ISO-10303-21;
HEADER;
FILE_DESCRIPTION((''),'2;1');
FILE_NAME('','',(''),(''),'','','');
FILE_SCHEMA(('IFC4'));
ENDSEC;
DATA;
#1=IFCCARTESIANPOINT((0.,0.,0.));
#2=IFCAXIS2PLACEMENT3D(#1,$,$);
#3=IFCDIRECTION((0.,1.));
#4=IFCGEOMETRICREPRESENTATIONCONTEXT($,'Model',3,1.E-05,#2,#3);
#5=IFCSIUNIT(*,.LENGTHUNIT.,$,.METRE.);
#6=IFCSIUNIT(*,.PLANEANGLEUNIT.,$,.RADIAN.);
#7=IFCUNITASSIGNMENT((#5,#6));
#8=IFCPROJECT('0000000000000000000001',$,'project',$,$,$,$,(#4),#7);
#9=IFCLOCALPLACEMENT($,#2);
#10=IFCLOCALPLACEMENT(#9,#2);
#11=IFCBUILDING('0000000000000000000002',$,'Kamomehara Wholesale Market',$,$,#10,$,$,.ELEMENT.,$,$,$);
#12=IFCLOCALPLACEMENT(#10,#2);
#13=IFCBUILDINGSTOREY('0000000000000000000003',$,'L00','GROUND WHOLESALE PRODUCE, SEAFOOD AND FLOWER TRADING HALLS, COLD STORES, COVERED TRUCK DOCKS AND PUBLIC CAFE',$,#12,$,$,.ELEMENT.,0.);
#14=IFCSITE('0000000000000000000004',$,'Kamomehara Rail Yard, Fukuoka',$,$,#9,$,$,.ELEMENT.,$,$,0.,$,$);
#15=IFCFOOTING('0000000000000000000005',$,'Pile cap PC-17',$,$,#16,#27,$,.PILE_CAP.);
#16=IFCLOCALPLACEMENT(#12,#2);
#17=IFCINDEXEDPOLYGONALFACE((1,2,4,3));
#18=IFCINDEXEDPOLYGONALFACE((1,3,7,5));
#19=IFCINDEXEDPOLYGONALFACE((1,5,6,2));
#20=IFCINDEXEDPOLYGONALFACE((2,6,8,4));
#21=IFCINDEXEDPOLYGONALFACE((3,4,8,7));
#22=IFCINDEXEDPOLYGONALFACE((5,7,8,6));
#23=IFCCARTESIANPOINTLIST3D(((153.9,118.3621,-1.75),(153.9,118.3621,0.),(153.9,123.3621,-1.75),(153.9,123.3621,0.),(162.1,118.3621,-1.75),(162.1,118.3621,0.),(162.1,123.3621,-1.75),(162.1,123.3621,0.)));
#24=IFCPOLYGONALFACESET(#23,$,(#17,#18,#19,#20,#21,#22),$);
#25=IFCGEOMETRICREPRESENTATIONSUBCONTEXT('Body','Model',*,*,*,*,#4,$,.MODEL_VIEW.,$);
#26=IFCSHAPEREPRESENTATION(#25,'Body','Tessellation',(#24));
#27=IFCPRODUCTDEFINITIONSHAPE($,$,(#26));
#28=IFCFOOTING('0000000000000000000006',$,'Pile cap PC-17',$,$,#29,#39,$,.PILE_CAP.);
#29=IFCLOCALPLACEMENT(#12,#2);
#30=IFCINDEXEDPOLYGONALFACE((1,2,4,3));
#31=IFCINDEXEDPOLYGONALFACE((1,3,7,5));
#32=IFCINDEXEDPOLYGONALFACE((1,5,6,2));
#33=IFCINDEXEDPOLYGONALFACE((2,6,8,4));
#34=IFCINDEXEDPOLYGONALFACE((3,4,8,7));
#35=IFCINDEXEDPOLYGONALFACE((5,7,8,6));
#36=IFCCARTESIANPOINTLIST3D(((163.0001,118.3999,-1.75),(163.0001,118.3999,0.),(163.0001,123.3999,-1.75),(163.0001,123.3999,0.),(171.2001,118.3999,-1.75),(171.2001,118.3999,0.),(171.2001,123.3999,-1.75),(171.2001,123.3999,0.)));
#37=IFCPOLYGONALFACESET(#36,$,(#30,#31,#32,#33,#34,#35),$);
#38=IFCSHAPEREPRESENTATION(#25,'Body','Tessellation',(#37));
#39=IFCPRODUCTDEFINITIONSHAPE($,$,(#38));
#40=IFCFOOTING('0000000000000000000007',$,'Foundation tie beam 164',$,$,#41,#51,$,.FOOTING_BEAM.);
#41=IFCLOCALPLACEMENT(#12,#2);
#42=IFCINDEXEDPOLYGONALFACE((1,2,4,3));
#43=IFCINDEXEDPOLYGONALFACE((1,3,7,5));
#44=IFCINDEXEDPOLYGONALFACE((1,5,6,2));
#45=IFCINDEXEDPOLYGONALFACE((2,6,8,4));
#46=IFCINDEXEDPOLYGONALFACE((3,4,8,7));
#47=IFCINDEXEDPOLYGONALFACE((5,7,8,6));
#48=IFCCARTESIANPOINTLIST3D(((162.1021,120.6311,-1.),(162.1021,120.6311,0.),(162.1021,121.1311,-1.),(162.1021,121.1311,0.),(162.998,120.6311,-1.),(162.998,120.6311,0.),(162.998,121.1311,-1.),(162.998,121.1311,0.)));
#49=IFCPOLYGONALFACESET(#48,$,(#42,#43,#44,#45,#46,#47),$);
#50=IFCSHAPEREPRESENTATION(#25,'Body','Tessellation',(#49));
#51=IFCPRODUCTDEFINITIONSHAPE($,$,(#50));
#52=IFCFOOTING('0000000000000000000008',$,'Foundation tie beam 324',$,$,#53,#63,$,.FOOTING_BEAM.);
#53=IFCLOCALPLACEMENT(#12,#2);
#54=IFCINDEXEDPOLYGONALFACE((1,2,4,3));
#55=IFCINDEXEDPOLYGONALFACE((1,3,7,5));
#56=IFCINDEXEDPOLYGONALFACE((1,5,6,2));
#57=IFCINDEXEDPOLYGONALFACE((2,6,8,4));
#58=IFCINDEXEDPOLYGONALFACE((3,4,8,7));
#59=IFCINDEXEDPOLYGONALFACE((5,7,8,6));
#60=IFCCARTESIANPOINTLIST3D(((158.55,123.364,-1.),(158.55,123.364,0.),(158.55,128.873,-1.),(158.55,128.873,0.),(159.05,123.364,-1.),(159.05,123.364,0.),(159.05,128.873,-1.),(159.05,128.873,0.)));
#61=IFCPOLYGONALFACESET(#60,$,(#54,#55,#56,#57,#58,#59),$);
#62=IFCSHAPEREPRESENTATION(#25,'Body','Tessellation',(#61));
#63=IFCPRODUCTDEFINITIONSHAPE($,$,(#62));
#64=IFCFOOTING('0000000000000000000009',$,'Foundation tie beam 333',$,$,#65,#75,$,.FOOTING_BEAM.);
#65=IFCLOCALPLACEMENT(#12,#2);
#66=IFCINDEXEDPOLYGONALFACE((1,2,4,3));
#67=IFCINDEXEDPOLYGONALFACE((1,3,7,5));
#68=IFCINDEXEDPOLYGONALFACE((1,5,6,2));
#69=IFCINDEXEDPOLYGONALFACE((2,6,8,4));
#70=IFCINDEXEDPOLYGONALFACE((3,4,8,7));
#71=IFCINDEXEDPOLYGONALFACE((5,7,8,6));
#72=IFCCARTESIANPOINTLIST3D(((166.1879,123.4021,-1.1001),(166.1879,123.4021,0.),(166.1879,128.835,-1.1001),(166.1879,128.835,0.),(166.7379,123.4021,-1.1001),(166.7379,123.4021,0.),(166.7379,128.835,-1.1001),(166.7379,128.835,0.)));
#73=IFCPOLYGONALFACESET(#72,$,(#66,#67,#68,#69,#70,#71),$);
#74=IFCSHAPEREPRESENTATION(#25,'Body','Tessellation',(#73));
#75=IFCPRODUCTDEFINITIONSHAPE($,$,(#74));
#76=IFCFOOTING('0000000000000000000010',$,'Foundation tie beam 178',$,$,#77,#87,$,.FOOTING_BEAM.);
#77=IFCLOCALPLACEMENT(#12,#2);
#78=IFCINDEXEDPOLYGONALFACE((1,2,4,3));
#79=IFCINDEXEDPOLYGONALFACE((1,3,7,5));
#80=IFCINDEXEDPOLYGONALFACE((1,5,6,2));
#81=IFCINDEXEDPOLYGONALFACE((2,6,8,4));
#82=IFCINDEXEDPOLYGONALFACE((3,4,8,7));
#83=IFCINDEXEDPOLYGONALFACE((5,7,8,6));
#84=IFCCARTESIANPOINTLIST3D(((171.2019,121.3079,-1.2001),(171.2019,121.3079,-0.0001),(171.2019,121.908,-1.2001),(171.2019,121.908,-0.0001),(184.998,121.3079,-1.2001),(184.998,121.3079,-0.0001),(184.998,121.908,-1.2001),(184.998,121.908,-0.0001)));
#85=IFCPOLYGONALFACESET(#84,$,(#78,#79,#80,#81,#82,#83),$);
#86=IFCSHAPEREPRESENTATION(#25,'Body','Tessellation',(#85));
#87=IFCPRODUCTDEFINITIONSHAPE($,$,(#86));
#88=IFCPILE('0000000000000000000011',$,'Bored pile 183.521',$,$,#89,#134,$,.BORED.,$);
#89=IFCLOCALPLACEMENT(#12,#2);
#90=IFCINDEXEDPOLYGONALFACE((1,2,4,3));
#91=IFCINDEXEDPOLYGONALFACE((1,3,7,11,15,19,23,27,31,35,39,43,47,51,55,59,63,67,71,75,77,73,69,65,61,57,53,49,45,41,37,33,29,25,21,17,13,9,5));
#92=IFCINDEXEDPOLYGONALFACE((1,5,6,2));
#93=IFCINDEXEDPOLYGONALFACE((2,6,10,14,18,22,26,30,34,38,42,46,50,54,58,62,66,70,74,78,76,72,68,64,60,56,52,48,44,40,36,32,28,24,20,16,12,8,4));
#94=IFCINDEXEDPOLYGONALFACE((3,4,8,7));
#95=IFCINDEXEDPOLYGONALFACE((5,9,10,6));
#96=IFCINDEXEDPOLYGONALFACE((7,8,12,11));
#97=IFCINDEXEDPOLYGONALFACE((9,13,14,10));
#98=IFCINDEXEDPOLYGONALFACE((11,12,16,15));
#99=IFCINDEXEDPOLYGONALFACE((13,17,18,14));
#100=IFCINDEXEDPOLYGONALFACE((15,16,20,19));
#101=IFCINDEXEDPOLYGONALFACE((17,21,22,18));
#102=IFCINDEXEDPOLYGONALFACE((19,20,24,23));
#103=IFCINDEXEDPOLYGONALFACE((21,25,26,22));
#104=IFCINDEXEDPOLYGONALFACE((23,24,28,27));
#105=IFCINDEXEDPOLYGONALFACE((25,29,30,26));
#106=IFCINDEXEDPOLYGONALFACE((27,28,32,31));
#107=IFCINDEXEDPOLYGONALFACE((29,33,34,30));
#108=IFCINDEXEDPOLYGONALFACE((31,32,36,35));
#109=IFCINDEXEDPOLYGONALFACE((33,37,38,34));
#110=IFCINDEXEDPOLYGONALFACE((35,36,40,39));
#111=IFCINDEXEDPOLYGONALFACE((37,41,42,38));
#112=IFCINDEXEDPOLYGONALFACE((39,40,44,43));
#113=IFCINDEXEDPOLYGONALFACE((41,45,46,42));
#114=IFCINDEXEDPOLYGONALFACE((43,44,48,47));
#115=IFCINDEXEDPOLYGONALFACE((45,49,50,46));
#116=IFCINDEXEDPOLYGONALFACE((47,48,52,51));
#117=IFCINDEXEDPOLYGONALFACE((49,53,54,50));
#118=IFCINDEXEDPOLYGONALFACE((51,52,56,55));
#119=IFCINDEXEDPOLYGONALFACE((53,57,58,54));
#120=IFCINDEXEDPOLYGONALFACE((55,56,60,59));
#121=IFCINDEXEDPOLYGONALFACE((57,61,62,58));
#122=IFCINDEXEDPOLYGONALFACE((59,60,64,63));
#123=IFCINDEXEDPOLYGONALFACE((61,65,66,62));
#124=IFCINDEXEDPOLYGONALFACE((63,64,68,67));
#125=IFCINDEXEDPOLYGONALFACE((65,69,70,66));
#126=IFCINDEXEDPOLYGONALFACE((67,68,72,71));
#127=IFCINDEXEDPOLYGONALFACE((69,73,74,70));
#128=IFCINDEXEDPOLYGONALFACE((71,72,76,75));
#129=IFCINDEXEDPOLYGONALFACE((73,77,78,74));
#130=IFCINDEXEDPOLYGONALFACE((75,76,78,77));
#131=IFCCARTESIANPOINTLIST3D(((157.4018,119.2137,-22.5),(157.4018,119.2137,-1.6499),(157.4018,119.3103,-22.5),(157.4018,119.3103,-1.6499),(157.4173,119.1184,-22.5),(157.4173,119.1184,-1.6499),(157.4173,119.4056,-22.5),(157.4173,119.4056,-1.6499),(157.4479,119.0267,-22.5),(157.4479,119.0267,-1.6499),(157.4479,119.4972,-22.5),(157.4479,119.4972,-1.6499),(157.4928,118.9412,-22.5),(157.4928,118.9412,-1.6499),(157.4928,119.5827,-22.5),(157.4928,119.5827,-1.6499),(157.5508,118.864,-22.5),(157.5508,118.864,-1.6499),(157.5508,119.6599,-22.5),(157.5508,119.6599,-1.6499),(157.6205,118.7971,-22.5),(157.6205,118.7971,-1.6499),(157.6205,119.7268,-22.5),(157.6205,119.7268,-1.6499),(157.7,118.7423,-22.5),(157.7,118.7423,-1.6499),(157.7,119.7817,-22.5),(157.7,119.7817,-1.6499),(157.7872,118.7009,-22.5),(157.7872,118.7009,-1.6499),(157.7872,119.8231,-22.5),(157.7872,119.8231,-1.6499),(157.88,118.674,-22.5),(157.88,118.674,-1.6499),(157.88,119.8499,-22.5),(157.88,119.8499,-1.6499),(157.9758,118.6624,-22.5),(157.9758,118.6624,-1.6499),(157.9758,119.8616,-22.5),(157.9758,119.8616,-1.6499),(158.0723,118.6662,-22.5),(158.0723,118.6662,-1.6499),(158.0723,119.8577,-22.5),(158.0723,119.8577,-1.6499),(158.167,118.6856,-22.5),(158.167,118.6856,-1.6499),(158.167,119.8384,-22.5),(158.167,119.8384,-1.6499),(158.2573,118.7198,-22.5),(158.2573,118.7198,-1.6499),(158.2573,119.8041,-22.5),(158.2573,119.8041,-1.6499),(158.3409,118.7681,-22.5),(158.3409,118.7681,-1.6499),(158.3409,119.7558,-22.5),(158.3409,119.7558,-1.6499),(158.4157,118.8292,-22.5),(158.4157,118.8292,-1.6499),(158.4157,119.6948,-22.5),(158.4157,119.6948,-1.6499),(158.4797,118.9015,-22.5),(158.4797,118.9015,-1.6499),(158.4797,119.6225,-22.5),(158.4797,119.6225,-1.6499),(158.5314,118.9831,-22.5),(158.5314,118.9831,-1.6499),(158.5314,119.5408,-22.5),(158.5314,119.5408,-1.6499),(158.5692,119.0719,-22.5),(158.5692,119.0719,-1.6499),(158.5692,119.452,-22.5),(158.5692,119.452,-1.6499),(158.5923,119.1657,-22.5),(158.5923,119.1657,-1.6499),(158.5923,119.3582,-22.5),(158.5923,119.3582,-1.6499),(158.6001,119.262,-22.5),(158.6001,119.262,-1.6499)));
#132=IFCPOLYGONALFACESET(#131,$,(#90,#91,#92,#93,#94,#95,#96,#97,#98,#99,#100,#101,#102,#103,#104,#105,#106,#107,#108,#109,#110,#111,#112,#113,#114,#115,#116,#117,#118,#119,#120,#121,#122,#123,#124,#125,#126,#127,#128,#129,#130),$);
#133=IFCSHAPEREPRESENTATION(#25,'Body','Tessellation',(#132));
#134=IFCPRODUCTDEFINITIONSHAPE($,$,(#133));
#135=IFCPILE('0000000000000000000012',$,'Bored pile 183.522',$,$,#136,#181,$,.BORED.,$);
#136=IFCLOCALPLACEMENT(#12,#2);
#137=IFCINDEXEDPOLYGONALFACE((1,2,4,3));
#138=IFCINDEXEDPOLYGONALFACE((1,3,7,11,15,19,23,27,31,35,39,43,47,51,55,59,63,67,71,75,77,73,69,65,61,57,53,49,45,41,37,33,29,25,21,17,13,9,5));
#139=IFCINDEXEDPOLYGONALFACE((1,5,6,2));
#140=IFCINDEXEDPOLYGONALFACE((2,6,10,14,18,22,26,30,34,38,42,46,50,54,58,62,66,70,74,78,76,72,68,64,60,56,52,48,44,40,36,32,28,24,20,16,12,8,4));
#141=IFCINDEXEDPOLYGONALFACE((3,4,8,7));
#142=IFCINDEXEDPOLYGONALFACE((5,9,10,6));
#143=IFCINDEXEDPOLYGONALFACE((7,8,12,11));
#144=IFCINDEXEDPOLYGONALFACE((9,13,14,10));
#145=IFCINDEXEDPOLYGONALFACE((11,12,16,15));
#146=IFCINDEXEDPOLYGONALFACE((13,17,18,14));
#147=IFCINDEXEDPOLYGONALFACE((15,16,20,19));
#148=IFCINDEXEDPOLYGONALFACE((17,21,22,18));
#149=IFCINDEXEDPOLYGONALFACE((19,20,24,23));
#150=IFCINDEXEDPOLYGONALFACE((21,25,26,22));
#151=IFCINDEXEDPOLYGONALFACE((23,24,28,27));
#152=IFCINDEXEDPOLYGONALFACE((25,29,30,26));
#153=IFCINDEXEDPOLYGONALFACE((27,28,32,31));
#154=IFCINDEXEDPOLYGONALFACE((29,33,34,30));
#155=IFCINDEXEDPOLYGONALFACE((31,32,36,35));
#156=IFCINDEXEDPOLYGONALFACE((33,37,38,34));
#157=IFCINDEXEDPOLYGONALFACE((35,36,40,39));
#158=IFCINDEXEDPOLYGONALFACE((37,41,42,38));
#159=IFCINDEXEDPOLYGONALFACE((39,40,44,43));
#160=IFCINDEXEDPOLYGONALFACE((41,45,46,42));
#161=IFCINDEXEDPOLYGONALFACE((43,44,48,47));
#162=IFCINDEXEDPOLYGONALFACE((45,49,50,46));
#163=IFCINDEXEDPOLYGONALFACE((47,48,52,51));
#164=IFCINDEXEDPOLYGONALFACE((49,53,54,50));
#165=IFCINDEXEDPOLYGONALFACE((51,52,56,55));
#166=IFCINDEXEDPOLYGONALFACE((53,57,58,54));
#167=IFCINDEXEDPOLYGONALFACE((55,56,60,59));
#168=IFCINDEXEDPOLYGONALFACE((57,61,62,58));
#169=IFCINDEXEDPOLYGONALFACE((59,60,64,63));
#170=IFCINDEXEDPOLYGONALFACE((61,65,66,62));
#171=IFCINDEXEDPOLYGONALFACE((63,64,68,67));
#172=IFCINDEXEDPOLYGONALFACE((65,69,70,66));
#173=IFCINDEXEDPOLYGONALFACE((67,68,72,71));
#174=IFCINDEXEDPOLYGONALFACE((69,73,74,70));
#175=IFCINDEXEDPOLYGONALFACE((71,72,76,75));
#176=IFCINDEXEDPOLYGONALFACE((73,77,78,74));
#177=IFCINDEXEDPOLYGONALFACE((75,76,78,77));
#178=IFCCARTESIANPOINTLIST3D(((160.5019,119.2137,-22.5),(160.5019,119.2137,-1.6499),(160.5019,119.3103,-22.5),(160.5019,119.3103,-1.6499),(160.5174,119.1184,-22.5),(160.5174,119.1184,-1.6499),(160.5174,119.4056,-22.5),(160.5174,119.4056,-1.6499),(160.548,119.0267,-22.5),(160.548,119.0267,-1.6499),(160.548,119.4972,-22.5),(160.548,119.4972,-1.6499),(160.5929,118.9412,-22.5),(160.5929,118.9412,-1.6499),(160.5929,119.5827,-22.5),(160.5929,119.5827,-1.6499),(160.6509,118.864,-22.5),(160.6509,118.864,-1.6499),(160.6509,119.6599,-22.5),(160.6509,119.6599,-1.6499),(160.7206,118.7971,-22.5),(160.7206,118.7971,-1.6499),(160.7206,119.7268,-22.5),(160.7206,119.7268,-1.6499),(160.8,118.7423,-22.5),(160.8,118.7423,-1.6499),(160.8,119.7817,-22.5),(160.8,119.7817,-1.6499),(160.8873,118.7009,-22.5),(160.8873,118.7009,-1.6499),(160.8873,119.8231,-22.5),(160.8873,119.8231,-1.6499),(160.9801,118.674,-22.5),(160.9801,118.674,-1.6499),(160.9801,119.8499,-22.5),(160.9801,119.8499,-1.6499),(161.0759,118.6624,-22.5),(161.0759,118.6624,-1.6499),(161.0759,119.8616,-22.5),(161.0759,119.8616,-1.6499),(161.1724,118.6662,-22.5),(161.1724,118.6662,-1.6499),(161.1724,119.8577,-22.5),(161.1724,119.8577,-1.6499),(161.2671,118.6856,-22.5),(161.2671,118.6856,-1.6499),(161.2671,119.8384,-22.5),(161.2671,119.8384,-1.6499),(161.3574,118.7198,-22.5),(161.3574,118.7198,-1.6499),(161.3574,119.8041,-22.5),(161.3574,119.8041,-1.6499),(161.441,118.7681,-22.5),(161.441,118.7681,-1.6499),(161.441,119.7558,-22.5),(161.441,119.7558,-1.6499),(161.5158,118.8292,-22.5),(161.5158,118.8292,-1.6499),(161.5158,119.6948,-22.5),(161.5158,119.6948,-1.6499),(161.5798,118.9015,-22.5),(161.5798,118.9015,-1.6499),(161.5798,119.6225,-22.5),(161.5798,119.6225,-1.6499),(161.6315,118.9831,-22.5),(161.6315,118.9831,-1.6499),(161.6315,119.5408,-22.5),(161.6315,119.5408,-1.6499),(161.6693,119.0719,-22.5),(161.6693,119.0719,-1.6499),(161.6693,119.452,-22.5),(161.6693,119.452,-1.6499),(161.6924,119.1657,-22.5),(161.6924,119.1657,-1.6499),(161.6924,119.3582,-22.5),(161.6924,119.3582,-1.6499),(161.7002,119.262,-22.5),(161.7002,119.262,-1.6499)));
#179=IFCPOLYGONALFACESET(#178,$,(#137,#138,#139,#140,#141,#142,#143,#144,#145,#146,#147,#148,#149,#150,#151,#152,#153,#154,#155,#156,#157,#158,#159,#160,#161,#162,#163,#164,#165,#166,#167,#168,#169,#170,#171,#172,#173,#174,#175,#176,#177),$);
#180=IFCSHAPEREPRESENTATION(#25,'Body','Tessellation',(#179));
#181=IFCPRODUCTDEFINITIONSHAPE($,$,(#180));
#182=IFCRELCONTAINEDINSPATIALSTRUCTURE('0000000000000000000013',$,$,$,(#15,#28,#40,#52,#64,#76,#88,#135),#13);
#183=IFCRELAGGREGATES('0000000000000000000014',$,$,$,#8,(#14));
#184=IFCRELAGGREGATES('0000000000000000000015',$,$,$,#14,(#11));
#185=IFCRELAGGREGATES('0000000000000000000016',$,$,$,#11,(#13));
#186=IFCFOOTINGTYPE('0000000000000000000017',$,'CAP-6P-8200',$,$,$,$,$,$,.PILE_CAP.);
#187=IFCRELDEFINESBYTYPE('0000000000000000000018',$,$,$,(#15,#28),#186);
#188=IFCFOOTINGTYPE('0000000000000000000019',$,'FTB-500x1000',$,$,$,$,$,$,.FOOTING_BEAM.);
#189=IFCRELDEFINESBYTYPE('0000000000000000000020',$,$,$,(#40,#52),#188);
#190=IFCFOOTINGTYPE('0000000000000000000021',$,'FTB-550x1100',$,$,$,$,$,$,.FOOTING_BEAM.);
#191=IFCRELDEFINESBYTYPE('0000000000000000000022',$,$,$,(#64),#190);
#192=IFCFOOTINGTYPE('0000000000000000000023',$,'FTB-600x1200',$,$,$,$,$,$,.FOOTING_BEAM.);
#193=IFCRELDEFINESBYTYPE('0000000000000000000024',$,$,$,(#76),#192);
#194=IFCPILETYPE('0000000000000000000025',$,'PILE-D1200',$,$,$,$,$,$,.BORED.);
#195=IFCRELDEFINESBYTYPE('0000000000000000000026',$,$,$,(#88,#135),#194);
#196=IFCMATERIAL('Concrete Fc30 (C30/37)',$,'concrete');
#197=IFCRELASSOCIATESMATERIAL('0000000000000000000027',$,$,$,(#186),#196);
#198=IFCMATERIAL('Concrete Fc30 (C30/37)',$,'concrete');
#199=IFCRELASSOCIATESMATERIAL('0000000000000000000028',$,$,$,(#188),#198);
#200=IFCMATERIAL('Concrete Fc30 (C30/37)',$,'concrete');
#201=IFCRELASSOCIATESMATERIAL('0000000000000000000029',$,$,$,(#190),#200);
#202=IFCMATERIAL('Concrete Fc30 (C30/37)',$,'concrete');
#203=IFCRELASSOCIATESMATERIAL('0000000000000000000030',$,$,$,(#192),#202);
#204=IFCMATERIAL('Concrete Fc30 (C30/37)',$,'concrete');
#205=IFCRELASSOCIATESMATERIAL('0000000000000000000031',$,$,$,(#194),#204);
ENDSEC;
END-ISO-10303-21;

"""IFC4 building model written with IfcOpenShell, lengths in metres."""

from ifc_helpers import new_model, si_unit, direction, frame, origin, origin_2d, place, context, subcontext, project, spatial, rectangle, circle, extrude, material, material_profile, profile_set, type_object, element, save


model = new_model("IFC4")

# Units and contexts
model_context = context("Model", 3, precision=1e-05, world=origin(), true_north=direction((0.0, 1.0)))
body_context = subcontext(model_context, "Body", "Model", "MODEL_VIEW")
ifc_project = project(units=[si_unit("LENGTHUNIT", "METRE"), si_unit("PLANEANGLEUNIT", "RADIAN")], contexts=[model_context])

# Site, building, storey
site_placement = place(None, origin())
site = spatial("IfcSite", under=ifc_project, at=site_placement, Name="Kamomehara Rail Yard, Fukuoka", CompositionType="ELEMENT", RefElevation=0.0)
building_placement = place(site_placement, origin())
building = spatial("IfcBuilding", under=site, at=building_placement, Name="Kamomehara Wholesale Market", CompositionType="ELEMENT")
storey_placement = place(building_placement, origin())
storey = spatial("IfcBuildingStorey", under=building, at=storey_placement, Name="L00", Description="GROUND WHOLESALE PRODUCE, SEAFOOD AND FLOWER TRADING HALLS, COLD STORES, COVERED TRUCK DOCKS AND PUBLIC CAFE", CompositionType="ELEMENT", Elevation=0.0)

# Footings
ifc_material_1 = material(Name="Concrete Fc30 (C30/37)", Category="concrete")
footing_type_1 = type_object("IfcFootingType", Name="CAP-6P-8200", PredefinedType="PILE_CAP", material=ifc_material_1)
for number, where, z_axis, x_axis, name in (
    (1, (158.0, 120.8621, -1.75), (0.0, 0.0, 1.0), (1.0, 0.0, 0.0), "Pile cap PC-17"),
    (2, (167.1001, 120.8999, -1.75), (0.0, 0.0, 1.0), (1.0, 0.0, 0.0), "Pile cap PC-17"),
):
    element("IfcFooting", number, at=place(storey_placement, frame(where, z_axis=z_axis, x_axis=x_axis)), inside=storey, type_object=footing_type_1, Name=name, PredefinedType="PILE_CAP", context=body_context, shape_type="SweptSolid", body=[
        extrude(rectangle(XDim=8.2, YDim=5.0, at=origin_2d()), origin(), (0.0, 0.0, 1.0), 1.75),
    ])
ifc_material_2 = material(Name="Concrete Fc30 (C30/37)", Category="concrete")
ifc_material_profile_1 = material_profile(ifc_material_2, rectangle(XDim=0.5, YDim=1.0, at=origin_2d()), Name="RC-FTB-500x1000")
ifc_profile_set_1 = profile_set([ifc_material_profile_1], Name="Concrete Fc30 (C30/37)")
footing_type_2 = type_object("IfcFootingType", Name="FTB-500x1000", PredefinedType="FOOTING_BEAM", material=ifc_profile_set_1)
footing_1_placement = place(storey_placement, frame((162.1021, 120.8811, -0.5), z_axis=(1.0, 0.0, 0.0), x_axis=(0.0, 1.0, 0.0)))
element("IfcFooting", 3, at=footing_1_placement, inside=storey, type_object=footing_type_2, Name="Foundation tie beam 164", PredefinedType="FOOTING_BEAM", context=body_context, shape_type="SweptSolid", body=[
    extrude(rectangle(XDim=0.5, YDim=1.0, at=origin_2d()), origin(), (0.0, 0.0, 1.0), 0.896),
])
footing_2_placement = place(storey_placement, frame((158.8, 123.364, -0.5), z_axis=(0.0, 1.0, 0.0), x_axis=(-1.0, 0.0, 0.0)))
element("IfcFooting", 4, at=footing_2_placement, inside=storey, type_object=footing_type_2, Name="Foundation tie beam 324", PredefinedType="FOOTING_BEAM", context=body_context, shape_type="SweptSolid", body=[
    extrude(rectangle(XDim=0.5, YDim=1.0, at=origin_2d()), origin(), (0.0, 0.0, 1.0), 5.509),
])
ifc_material_3 = material(Name="Concrete Fc30 (C30/37)", Category="concrete")
ifc_material_profile_2 = material_profile(ifc_material_3, rectangle(XDim=0.55, YDim=1.1001, at=origin_2d()), Name="RC-FTB-550x1100")
ifc_profile_set_2 = profile_set([ifc_material_profile_2], Name="Concrete Fc30 (C30/37)")
footing_type_3 = type_object("IfcFootingType", Name="FTB-550x1100", PredefinedType="FOOTING_BEAM", material=ifc_profile_set_2)
footing_3_placement = place(storey_placement, frame((166.4629, 123.4021, -0.55), z_axis=(0.0, 1.0, 0.0), x_axis=(-1.0, 0.0, 0.0)))
element("IfcFooting", 5, at=footing_3_placement, inside=storey, type_object=footing_type_3, Name="Foundation tie beam 333", PredefinedType="FOOTING_BEAM", context=body_context, shape_type="SweptSolid", body=[
    extrude(rectangle(XDim=0.55, YDim=1.1001, at=origin_2d()), origin(), (0.0, 0.0, 1.0), 5.4329),
])
ifc_material_4 = material(Name="Concrete Fc30 (C30/37)", Category="concrete")
ifc_material_profile_3 = material_profile(ifc_material_4, rectangle(XDim=0.6001, YDim=1.2, at=origin_2d()), Name="RC-FTB-600x1200")
ifc_profile_set_3 = profile_set([ifc_material_profile_3], Name="Concrete Fc30 (C30/37)")
footing_type_4 = type_object("IfcFootingType", Name="FTB-600x1200", PredefinedType="FOOTING_BEAM", material=ifc_profile_set_3)
footing_4_placement = place(storey_placement, frame((171.2019, 121.6079, -0.6001), z_axis=(1.0, 0.0, 0.0), x_axis=(0.0, 1.0, 0.0)))
element("IfcFooting", 6, at=footing_4_placement, inside=storey, type_object=footing_type_4, Name="Foundation tie beam 178", PredefinedType="FOOTING_BEAM", context=body_context, shape_type="SweptSolid", body=[
    extrude(rectangle(XDim=0.6001, YDim=1.2, at=origin_2d()), origin(), (0.0, 0.0, 1.0), 13.7961),
])

# Piles
ifc_material_5 = material(Name="Concrete Fc30 (C30/37)", Category="concrete")
ifc_material_profile_4 = material_profile(ifc_material_5, circle(Radius=0.6001, at=origin_2d()), Name="RC-PILE-D1200")
ifc_profile_set_4 = profile_set([ifc_material_profile_4], Name="Concrete Fc30 (C30/37)")
pile_type = type_object("IfcPileType", Name="PILE-D1200", PredefinedType="BORED", material=ifc_profile_set_4)
for number, where, z_axis, x_axis, name in (
    (7, (158.0, 119.262, -1.6499), (0.0, 0.0, -1.0), (1.0, 0.0, 0.0), "Bored pile 183.521"),
    (8, (161.1001, 119.262, -1.6499), (0.0, 0.0, -1.0), (1.0, 0.0, 0.0), "Bored pile 183.522"),
):
    element("IfcPile", number, at=place(storey_placement, frame(where, z_axis=z_axis, x_axis=x_axis)), inside=storey, type_object=pile_type, Name=name, PredefinedType="BORED", context=body_context, shape_type="SweptSolid", body=[
        extrude(circle(Radius=0.6001, at=origin_2d()), origin(), (0.0, 0.0, 1.0), 20.8501),
    ])

save(model, "model.ifc")
